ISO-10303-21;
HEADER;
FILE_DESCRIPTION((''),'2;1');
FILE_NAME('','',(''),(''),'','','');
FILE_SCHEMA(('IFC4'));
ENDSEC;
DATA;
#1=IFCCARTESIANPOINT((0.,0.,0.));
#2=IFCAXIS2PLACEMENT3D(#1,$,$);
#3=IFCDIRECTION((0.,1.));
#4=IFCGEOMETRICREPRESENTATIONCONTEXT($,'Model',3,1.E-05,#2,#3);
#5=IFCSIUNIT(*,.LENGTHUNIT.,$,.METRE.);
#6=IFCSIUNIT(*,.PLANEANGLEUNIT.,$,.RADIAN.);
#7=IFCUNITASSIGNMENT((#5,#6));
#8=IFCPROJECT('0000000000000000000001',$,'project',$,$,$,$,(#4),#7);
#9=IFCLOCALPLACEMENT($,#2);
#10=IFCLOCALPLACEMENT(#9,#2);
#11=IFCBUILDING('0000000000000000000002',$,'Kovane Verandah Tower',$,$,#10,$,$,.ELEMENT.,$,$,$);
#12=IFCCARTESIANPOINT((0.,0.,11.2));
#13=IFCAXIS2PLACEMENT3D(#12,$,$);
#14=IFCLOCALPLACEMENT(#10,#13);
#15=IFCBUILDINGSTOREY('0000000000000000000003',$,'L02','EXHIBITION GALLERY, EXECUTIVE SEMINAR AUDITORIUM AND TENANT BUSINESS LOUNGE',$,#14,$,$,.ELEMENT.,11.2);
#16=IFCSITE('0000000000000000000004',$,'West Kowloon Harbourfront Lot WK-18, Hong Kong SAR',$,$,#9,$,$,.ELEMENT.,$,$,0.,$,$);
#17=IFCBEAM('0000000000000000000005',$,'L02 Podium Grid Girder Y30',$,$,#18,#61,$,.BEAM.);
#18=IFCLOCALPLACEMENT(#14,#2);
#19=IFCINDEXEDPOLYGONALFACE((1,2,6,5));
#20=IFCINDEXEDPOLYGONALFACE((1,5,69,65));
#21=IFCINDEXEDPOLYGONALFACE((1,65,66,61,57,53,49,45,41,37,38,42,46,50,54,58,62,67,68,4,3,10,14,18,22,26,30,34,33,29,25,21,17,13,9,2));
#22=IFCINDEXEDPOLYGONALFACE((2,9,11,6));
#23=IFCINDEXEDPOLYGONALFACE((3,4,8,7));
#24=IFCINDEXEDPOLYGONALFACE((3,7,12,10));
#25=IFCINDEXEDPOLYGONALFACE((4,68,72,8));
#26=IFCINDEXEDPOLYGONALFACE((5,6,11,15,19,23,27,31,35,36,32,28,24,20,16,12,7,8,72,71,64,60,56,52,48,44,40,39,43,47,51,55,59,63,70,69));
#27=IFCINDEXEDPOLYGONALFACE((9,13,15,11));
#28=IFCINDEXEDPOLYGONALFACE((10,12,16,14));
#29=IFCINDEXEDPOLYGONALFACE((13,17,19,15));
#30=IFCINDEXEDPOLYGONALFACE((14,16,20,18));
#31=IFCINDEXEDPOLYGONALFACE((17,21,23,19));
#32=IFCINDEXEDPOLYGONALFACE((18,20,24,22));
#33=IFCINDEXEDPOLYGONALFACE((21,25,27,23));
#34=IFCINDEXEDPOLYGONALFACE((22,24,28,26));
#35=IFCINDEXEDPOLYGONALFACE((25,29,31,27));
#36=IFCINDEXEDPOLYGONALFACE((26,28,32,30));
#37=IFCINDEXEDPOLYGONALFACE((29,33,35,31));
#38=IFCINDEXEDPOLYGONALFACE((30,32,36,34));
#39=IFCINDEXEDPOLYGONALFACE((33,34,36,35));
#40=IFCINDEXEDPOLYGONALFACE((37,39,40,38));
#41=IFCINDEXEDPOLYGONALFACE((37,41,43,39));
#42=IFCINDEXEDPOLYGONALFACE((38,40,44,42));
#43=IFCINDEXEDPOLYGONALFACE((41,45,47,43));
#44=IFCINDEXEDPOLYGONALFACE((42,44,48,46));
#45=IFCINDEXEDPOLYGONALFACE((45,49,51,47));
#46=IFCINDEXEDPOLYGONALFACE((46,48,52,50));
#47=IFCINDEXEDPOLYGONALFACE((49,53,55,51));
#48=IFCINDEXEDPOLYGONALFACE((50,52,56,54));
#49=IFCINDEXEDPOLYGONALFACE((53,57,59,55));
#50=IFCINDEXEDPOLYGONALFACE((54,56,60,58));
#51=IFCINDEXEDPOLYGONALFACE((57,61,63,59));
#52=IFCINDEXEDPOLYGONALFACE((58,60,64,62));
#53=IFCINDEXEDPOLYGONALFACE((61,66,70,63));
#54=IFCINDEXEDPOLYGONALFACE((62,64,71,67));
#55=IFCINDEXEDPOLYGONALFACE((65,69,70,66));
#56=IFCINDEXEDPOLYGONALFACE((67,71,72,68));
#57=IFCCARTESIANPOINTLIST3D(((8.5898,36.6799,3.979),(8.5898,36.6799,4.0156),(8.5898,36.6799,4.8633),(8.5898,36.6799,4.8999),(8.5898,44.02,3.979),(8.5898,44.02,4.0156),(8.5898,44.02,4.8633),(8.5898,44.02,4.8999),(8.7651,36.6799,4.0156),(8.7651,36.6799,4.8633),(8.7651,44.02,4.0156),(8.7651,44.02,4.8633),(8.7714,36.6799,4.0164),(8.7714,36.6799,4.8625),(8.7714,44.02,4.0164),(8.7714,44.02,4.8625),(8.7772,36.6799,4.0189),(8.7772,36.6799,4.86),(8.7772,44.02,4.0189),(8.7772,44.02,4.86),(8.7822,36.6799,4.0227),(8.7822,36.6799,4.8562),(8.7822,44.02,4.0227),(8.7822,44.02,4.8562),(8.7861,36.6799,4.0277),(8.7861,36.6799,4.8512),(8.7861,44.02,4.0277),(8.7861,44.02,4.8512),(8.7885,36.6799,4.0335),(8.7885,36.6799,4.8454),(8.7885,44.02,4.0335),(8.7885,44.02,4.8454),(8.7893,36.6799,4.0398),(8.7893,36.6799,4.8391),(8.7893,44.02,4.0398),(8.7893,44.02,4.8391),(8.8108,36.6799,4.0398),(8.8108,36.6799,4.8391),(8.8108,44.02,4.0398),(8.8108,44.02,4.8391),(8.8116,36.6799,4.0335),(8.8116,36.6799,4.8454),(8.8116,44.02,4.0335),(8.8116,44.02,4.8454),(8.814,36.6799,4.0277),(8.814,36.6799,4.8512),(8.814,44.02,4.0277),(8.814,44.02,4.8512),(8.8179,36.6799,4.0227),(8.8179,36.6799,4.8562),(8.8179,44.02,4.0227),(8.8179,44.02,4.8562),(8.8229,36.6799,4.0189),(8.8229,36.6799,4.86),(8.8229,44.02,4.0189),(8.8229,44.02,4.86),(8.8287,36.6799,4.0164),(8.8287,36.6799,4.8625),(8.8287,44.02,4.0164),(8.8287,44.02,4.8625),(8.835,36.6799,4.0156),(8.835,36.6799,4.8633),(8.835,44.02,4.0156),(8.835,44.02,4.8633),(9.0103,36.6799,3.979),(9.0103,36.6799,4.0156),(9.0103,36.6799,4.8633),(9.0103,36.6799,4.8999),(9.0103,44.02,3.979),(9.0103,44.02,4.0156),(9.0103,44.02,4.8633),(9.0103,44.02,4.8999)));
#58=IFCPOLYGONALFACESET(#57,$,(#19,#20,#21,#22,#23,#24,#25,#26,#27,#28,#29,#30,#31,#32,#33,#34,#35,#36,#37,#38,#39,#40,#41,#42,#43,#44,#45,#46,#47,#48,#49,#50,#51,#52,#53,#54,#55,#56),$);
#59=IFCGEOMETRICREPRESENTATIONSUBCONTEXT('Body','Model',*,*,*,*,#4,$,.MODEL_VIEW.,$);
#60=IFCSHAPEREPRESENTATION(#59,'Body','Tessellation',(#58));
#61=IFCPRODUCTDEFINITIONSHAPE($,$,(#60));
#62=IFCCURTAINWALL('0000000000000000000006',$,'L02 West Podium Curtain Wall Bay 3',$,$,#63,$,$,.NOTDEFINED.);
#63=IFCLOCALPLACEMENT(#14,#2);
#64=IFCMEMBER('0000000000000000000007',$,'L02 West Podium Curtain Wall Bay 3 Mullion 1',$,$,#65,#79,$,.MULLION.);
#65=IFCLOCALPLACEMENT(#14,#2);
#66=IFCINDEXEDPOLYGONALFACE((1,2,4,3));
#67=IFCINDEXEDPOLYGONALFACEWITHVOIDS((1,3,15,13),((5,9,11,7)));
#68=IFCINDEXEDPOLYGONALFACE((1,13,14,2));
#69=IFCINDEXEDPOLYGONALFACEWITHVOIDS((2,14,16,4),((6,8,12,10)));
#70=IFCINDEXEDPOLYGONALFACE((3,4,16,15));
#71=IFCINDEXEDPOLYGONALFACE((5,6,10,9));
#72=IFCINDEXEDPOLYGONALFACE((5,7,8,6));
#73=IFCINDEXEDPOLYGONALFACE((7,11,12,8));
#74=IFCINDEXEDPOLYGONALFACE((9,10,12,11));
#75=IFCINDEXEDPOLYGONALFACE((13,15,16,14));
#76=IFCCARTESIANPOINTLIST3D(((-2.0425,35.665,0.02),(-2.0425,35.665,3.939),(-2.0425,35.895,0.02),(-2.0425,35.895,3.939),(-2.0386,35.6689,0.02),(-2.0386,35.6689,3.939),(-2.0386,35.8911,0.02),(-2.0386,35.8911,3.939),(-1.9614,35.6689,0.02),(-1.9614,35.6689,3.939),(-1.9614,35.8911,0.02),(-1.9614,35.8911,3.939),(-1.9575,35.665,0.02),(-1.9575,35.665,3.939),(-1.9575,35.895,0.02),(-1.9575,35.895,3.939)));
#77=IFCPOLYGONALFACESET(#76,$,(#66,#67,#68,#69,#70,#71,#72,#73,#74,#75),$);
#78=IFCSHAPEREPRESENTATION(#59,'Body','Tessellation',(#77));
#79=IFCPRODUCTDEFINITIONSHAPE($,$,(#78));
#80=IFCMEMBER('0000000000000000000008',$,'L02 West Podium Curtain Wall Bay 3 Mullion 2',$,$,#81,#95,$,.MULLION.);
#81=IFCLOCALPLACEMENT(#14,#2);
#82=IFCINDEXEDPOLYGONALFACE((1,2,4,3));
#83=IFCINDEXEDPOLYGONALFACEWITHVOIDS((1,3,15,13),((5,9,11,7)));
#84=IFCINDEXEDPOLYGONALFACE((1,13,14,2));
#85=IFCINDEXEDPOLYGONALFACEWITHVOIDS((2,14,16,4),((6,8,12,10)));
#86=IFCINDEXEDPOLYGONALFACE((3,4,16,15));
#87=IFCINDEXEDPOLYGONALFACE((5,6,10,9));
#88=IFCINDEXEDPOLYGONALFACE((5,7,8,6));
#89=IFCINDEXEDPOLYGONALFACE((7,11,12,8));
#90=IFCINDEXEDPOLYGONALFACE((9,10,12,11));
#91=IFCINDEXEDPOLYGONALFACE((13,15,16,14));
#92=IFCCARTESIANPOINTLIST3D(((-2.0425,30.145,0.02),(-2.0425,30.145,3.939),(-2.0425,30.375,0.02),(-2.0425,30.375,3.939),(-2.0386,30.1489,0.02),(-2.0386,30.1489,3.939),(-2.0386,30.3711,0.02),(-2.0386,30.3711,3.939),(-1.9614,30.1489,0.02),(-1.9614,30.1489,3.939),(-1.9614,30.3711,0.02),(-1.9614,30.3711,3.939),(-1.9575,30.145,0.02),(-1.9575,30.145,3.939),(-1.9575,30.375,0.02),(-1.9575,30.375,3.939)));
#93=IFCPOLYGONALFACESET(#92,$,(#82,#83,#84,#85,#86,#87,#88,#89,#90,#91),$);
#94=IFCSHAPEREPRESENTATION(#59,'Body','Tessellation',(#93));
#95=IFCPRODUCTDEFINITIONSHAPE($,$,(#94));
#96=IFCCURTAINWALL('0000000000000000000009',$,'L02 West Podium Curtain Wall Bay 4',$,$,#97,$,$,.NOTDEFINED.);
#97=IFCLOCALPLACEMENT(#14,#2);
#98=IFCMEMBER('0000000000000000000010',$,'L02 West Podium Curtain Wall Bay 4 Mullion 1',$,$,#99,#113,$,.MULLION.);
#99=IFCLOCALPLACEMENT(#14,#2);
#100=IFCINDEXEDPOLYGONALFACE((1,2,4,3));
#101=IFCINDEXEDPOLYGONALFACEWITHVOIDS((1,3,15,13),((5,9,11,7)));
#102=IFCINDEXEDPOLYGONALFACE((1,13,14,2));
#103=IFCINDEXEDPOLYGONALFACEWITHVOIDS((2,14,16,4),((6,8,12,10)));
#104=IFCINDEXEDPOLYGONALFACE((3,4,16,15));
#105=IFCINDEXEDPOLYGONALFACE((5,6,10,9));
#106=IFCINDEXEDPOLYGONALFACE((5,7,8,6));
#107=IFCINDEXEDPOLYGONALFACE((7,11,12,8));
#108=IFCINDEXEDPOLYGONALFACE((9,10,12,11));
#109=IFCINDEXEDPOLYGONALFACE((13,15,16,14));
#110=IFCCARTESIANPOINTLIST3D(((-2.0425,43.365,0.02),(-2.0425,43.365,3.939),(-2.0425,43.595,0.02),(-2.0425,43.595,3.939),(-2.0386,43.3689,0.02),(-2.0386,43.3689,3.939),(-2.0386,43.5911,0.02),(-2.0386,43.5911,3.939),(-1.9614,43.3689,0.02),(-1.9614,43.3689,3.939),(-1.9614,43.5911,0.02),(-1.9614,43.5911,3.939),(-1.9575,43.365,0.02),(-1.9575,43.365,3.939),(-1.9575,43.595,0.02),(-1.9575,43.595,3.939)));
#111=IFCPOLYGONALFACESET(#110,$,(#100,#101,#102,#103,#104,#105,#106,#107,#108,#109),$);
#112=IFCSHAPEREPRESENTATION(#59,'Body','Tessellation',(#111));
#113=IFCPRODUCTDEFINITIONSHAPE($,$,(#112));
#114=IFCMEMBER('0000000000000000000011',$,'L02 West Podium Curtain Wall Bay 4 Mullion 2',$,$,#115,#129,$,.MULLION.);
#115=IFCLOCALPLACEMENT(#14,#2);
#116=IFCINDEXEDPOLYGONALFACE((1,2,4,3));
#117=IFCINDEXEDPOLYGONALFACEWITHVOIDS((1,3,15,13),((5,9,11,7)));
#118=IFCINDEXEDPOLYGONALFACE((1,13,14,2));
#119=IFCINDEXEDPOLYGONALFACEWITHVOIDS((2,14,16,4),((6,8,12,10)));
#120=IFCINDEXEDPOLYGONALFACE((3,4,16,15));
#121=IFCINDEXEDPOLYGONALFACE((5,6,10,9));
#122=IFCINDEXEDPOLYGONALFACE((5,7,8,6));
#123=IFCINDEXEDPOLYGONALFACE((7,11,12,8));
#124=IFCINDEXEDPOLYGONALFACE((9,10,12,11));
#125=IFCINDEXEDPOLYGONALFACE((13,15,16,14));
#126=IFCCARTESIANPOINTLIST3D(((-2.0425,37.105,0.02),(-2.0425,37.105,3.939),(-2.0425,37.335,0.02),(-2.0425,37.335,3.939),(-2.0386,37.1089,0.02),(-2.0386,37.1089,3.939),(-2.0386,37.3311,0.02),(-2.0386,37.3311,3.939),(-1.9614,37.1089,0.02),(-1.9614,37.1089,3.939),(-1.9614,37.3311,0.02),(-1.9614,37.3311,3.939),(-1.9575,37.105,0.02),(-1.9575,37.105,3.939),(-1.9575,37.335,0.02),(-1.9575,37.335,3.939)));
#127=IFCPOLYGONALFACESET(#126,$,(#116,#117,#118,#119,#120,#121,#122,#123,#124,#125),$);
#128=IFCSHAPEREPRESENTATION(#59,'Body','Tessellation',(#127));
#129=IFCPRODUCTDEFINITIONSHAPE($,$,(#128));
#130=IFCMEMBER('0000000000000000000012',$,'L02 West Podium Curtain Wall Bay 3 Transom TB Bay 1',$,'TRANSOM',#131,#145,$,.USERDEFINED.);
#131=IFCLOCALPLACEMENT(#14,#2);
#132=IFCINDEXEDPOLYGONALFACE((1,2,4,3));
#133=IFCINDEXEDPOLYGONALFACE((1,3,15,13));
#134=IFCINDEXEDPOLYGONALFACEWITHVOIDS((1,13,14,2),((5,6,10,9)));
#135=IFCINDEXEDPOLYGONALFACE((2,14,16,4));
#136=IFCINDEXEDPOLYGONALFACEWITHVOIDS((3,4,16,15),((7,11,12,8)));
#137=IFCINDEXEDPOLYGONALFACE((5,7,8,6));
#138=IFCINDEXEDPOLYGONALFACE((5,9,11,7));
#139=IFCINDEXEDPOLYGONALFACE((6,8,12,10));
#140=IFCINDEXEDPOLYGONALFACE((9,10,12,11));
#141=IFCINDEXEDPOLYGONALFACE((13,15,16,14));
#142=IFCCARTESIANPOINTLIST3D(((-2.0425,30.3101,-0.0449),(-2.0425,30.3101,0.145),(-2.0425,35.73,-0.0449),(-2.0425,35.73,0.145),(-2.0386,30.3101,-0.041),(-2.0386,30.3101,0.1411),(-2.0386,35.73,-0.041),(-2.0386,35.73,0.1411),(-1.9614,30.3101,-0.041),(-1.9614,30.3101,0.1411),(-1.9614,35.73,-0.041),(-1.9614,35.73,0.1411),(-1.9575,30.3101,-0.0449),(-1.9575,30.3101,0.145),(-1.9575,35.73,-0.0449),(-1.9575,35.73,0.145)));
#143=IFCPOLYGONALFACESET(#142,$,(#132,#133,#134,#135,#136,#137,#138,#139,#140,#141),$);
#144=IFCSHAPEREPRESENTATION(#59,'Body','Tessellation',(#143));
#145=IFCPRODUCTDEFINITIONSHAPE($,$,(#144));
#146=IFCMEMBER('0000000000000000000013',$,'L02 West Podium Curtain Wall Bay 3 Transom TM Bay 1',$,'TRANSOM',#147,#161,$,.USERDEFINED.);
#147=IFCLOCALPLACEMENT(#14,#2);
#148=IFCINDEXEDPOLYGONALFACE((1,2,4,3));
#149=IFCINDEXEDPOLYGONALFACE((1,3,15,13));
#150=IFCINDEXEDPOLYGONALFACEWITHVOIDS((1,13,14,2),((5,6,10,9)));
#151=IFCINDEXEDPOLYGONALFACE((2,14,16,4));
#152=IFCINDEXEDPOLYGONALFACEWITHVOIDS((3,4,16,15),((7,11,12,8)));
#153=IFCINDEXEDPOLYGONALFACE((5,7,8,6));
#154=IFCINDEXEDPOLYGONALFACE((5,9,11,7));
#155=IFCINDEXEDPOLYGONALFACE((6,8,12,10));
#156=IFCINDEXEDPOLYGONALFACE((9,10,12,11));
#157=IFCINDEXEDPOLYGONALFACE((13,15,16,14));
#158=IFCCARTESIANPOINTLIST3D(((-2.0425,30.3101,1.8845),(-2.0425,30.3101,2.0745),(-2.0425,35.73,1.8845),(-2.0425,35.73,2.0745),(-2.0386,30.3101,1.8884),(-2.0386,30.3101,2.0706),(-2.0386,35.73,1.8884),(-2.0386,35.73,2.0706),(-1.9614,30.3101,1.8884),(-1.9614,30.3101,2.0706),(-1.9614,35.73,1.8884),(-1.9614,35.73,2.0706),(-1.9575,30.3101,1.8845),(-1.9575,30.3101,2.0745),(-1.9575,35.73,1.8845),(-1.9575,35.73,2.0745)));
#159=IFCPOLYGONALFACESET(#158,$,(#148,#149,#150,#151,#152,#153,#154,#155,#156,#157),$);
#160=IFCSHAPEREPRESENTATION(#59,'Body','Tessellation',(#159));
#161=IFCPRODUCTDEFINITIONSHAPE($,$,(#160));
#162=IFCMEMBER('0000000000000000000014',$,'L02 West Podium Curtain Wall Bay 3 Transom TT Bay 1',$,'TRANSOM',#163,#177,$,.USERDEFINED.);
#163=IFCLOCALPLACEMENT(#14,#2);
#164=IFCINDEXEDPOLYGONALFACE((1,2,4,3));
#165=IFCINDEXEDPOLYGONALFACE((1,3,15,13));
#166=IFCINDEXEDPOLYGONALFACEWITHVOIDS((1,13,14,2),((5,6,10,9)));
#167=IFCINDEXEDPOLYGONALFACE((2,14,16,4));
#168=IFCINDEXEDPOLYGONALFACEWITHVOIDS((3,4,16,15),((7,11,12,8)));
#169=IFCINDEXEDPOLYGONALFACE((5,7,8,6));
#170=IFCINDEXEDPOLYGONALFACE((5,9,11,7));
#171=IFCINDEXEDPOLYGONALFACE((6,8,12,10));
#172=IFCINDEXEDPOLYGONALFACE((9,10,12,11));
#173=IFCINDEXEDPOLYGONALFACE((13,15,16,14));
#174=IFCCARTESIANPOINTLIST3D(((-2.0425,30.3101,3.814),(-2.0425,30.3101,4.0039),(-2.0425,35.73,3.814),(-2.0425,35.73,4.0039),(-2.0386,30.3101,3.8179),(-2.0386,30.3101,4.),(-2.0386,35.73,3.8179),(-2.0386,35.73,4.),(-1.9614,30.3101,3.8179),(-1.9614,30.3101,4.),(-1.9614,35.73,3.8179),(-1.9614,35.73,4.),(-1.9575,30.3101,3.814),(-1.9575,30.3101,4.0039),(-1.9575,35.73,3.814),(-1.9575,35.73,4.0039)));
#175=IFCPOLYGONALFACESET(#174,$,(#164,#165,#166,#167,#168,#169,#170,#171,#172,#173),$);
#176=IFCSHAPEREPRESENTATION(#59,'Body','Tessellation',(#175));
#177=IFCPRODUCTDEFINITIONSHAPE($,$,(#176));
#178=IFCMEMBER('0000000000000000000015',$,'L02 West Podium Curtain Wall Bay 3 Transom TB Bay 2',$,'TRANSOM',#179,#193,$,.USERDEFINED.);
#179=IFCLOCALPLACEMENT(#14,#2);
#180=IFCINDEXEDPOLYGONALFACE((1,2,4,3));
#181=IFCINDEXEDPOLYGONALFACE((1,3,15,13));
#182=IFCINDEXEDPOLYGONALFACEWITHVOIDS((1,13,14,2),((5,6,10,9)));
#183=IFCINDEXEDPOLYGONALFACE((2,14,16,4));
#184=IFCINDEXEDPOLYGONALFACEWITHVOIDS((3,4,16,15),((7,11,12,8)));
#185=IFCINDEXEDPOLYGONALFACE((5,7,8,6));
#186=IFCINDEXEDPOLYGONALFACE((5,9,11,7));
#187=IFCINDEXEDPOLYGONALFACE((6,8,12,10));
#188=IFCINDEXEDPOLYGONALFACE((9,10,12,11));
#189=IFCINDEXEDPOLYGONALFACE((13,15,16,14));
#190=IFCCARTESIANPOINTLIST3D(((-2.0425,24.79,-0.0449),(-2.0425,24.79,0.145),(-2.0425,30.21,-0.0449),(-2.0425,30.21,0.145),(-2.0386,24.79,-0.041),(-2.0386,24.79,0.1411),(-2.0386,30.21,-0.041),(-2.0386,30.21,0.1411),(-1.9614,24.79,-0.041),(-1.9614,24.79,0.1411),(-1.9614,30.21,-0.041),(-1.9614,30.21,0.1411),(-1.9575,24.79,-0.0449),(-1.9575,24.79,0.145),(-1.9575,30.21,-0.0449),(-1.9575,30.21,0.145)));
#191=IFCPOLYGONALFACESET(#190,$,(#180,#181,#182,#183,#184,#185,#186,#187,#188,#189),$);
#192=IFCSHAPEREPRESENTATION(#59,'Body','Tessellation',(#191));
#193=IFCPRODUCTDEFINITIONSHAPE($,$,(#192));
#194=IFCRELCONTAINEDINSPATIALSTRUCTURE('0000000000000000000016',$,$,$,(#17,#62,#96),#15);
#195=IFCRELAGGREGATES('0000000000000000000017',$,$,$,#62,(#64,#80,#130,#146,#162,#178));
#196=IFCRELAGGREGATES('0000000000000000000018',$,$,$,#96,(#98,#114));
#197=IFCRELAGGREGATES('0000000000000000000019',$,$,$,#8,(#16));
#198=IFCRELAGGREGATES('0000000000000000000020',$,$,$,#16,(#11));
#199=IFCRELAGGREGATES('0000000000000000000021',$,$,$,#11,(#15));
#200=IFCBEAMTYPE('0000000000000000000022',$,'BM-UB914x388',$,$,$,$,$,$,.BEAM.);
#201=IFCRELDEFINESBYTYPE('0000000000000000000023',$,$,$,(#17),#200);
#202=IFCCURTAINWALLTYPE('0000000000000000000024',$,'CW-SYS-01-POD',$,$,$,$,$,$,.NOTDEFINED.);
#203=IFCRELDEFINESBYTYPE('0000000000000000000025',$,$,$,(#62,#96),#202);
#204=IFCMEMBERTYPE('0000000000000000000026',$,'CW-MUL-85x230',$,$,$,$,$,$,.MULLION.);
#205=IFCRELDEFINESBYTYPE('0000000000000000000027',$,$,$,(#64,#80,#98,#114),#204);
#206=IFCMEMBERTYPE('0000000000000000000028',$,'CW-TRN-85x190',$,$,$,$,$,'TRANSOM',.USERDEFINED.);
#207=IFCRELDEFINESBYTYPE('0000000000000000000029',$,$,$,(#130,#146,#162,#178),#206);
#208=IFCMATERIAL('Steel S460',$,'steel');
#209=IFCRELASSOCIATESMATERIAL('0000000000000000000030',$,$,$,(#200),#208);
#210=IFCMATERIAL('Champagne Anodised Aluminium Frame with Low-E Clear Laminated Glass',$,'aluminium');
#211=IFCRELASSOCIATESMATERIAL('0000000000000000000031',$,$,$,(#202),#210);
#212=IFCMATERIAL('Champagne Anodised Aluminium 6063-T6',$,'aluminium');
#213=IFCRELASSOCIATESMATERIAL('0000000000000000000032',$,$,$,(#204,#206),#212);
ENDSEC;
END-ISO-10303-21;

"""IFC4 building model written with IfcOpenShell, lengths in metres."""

from ifc_helpers import new_model, si_unit, direction, frame, origin, origin_2d, place, context, subcontext, project, spatial, hollow_rectangle, i_section, extrude, material, material_profile, profile_set, type_object, element, aggregate, save


model = new_model("IFC4")

# Units and contexts
model_context = context("Model", 3, precision=1e-05, world=origin(), true_north=direction((0.0, 1.0)))
body_context = subcontext(model_context, "Body", "Model", "MODEL_VIEW")
ifc_project = project(units=[si_unit("LENGTHUNIT", "METRE"), si_unit("PLANEANGLEUNIT", "RADIAN")], contexts=[model_context])

# Site, building, storey
site_placement = place(None, origin())
site = spatial("IfcSite", under=ifc_project, at=site_placement, Name="West Kowloon Harbourfront Lot WK-18, Hong Kong SAR", CompositionType="ELEMENT", RefElevation=0.0)
building_placement = place(site_placement, origin())
building = spatial("IfcBuilding", under=site, at=building_placement, Name="Kovane Verandah Tower", CompositionType="ELEMENT")
storey_placement = place(building_placement, frame((0.0, 0.0, 11.2)))
storey = spatial("IfcBuildingStorey", under=building, at=storey_placement, Name="L02", Description="EXHIBITION GALLERY, EXECUTIVE SEMINAR AUDITORIUM AND TENANT BUSINESS LOUNGE", CompositionType="ELEMENT", Elevation=11.2)

# Beam
ifc_material_1 = material(Name="Steel S460", Category="steel")
ifc_material_profile_1 = material_profile(ifc_material_1, i_section(OverallWidth=0.4204, OverallDepth=0.9209, WebThickness=0.0215, FlangeThickness=0.0366, FilletRadius=0.0242, at=origin_2d()), Name="UB914x419x388")
ifc_profile_set_1 = profile_set([ifc_material_profile_1], Name="Steel S460")
beam_type = type_object("IfcBeamType", Name="BM-UB914x388", PredefinedType="BEAM", material=ifc_profile_set_1)
for number, where, z_axis, x_axis, name in (
    (1, (8.8, 36.6799, 4.4395), (0.0, 1.0, 0.0), (-1.0, 0.0, 0.0), "L02 Podium Grid Girder Y30"),
):
    element("IfcBeam", number, at=place(storey_placement, frame(where, z_axis=z_axis, x_axis=x_axis)), inside=storey, type_object=beam_type, Name=name, PredefinedType="BEAM", context=body_context, shape_type="SweptSolid", body=[
        extrude(i_section(OverallWidth=0.4204, OverallDepth=0.9209, WebThickness=0.0215, FlangeThickness=0.0366, FilletRadius=0.0242, at=origin_2d()), origin(), (0.0, 0.0, 1.0), 7.3401),
    ])

# Curtain walls, members
ifc_material_2 = material(Name="Champagne Anodised Aluminium Frame with Low-E Clear Laminated Glass", Category="aluminium")
curtain_wall_type = type_object("IfcCurtainWallType", Name="CW-SYS-01-POD", PredefinedType="NOTDEFINED", material=ifc_material_2)
curtain_wall_1_placement = place(storey_placement, origin())
curtain_wall_1 = element("IfcCurtainWall", 2, at=curtain_wall_1_placement, inside=storey, type_object=curtain_wall_type, Name="L02 West Podium Curtain Wall Bay 3", PredefinedType="NOTDEFINED")
ifc_material_3 = material(Name="Champagne Anodised Aluminium 6063-T6", Category="aluminium")
ifc_material_profile_2 = material_profile(ifc_material_3, hollow_rectangle(XDim=0.085, YDim=0.23, WallThickness=0.0039, at=origin_2d()), Name="AL85x230x4")
ifc_profile_set_2 = profile_set([ifc_material_profile_2], Name="Champagne Anodised Aluminium 6063-T6")
member_type_1 = type_object("IfcMemberType", Name="CW-MUL-85x230", PredefinedType="MULLION", material=ifc_profile_set_2)
member_1_placement = place(storey_placement, frame((-2.0, 35.78, 0.02), z_axis=(0.0, 0.0, 1.0), x_axis=(-1.0, 0.0, 0.0)))
member_1 = element("IfcMember", 3, at=member_1_placement, type_object=member_type_1, Name="L02 West Podium Curtain Wall Bay 3 Mullion 1", PredefinedType="MULLION", context=body_context, shape_type="SweptSolid", body=[
    extrude(hollow_rectangle(XDim=0.085, YDim=0.23, WallThickness=0.0039, at=origin_2d()), origin(), (0.0, 0.0, 1.0), 3.9189),
])
member_2_placement = place(storey_placement, frame((-2.0, 30.26, 0.02), z_axis=(0.0, 0.0, 1.0), x_axis=(-1.0, 0.0, 0.0)))
member_2 = element("IfcMember", 4, at=member_2_placement, type_object=member_type_1, Name="L02 West Podium Curtain Wall Bay 3 Mullion 2", PredefinedType="MULLION", context=body_context, shape_type="SweptSolid", body=[
    extrude(hollow_rectangle(XDim=0.085, YDim=0.23, WallThickness=0.0039, at=origin_2d()), origin(), (0.0, 0.0, 1.0), 3.9189),
])
curtain_wall_2_placement = place(storey_placement, origin())
curtain_wall_2 = element("IfcCurtainWall", 5, at=curtain_wall_2_placement, inside=storey, type_object=curtain_wall_type, Name="L02 West Podium Curtain Wall Bay 4", PredefinedType="NOTDEFINED")
member_3_placement = place(storey_placement, frame((-2.0, 43.48, 0.02), z_axis=(0.0, 0.0, 1.0), x_axis=(-1.0, 0.0, 0.0)))
member_3 = element("IfcMember", 6, at=member_3_placement, type_object=member_type_1, Name="L02 West Podium Curtain Wall Bay 4 Mullion 1", PredefinedType="MULLION", context=body_context, shape_type="SweptSolid", body=[
    extrude(hollow_rectangle(XDim=0.085, YDim=0.23, WallThickness=0.0039, at=origin_2d()), origin(), (0.0, 0.0, 1.0), 3.9189),
])
member_4_placement = place(storey_placement, frame((-2.0, 37.22, 0.02), z_axis=(0.0, 0.0, 1.0), x_axis=(-1.0, 0.0, 0.0)))
member_4 = element("IfcMember", 7, at=member_4_placement, type_object=member_type_1, Name="L02 West Podium Curtain Wall Bay 4 Mullion 2", PredefinedType="MULLION", context=body_context, shape_type="SweptSolid", body=[
    extrude(hollow_rectangle(XDim=0.085, YDim=0.23, WallThickness=0.0039, at=origin_2d()), origin(), (0.0, 0.0, 1.0), 3.9189),
])

# Members
ifc_material_profile_3 = material_profile(ifc_material_3, hollow_rectangle(XDim=0.085, YDim=0.1899, WallThickness=0.0039, at=origin_2d()), Name="AL85x190x4")
ifc_profile_set_3 = profile_set([ifc_material_profile_3], Name="Champagne Anodised Aluminium 6063-T6")
member_type_2 = type_object("IfcMemberType", Name="CW-TRN-85x190", ElementType="TRANSOM", PredefinedType="USERDEFINED", material=ifc_profile_set_3)
member_5_placement = place(storey_placement, frame((-2.0, 35.73, 0.05), z_axis=(0.0, -1.0, 0.0), x_axis=(1.0, 0.0, 0.0)))
member_5 = element("IfcMember", 8, at=member_5_placement, type_object=member_type_2, Name="L02 West Podium Curtain Wall Bay 3 Transom TB Bay 1", ObjectType="TRANSOM", PredefinedType="USERDEFINED", context=body_context, shape_type="SweptSolid", body=[
    extrude(hollow_rectangle(XDim=0.085, YDim=0.1899, WallThickness=0.0039, at=origin_2d()), origin(), (0.0, 0.0, 1.0), 5.4199),
])
member_6_placement = place(storey_placement, frame((-2.0, 35.73, 1.9795), z_axis=(0.0, -1.0, 0.0), x_axis=(1.0, 0.0, 0.0)))
member_6 = element("IfcMember", 9, at=member_6_placement, type_object=member_type_2, Name="L02 West Podium Curtain Wall Bay 3 Transom TM Bay 1", ObjectType="TRANSOM", PredefinedType="USERDEFINED", context=body_context, shape_type="SweptSolid", body=[
    extrude(hollow_rectangle(XDim=0.085, YDim=0.1899, WallThickness=0.0039, at=origin_2d()), origin(), (0.0, 0.0, 1.0), 5.4199),
])
member_7_placement = place(storey_placement, frame((-2.0, 35.73, 3.9089), z_axis=(0.0, -1.0, 0.0), x_axis=(1.0, 0.0, 0.0)))
member_7 = element("IfcMember", 10, at=member_7_placement, type_object=member_type_2, Name="L02 West Podium Curtain Wall Bay 3 Transom TT Bay 1", ObjectType="TRANSOM", PredefinedType="USERDEFINED", context=body_context, shape_type="SweptSolid", body=[
    extrude(hollow_rectangle(XDim=0.085, YDim=0.1899, WallThickness=0.0039, at=origin_2d()), origin(), (0.0, 0.0, 1.0), 5.4199),
])
member_8_placement = place(storey_placement, frame((-2.0, 30.21, 0.05), z_axis=(0.0, -1.0, 0.0), x_axis=(1.0, 0.0, 0.0)))
member_8 = element("IfcMember", 11, at=member_8_placement, type_object=member_type_2, Name="L02 West Podium Curtain Wall Bay 3 Transom TB Bay 2", ObjectType="TRANSOM", PredefinedType="USERDEFINED", context=body_context, shape_type="SweptSolid", body=[
    extrude(hollow_rectangle(XDim=0.085, YDim=0.1899, WallThickness=0.0039, at=origin_2d()), origin(), (0.0, 0.0, 1.0), 5.4199),
])

aggregate(curtain_wall_1, [member_1, member_2, member_5, member_6, member_7, member_8])
aggregate(curtain_wall_2, [member_3, member_4])

save(model, "model.ifc")
